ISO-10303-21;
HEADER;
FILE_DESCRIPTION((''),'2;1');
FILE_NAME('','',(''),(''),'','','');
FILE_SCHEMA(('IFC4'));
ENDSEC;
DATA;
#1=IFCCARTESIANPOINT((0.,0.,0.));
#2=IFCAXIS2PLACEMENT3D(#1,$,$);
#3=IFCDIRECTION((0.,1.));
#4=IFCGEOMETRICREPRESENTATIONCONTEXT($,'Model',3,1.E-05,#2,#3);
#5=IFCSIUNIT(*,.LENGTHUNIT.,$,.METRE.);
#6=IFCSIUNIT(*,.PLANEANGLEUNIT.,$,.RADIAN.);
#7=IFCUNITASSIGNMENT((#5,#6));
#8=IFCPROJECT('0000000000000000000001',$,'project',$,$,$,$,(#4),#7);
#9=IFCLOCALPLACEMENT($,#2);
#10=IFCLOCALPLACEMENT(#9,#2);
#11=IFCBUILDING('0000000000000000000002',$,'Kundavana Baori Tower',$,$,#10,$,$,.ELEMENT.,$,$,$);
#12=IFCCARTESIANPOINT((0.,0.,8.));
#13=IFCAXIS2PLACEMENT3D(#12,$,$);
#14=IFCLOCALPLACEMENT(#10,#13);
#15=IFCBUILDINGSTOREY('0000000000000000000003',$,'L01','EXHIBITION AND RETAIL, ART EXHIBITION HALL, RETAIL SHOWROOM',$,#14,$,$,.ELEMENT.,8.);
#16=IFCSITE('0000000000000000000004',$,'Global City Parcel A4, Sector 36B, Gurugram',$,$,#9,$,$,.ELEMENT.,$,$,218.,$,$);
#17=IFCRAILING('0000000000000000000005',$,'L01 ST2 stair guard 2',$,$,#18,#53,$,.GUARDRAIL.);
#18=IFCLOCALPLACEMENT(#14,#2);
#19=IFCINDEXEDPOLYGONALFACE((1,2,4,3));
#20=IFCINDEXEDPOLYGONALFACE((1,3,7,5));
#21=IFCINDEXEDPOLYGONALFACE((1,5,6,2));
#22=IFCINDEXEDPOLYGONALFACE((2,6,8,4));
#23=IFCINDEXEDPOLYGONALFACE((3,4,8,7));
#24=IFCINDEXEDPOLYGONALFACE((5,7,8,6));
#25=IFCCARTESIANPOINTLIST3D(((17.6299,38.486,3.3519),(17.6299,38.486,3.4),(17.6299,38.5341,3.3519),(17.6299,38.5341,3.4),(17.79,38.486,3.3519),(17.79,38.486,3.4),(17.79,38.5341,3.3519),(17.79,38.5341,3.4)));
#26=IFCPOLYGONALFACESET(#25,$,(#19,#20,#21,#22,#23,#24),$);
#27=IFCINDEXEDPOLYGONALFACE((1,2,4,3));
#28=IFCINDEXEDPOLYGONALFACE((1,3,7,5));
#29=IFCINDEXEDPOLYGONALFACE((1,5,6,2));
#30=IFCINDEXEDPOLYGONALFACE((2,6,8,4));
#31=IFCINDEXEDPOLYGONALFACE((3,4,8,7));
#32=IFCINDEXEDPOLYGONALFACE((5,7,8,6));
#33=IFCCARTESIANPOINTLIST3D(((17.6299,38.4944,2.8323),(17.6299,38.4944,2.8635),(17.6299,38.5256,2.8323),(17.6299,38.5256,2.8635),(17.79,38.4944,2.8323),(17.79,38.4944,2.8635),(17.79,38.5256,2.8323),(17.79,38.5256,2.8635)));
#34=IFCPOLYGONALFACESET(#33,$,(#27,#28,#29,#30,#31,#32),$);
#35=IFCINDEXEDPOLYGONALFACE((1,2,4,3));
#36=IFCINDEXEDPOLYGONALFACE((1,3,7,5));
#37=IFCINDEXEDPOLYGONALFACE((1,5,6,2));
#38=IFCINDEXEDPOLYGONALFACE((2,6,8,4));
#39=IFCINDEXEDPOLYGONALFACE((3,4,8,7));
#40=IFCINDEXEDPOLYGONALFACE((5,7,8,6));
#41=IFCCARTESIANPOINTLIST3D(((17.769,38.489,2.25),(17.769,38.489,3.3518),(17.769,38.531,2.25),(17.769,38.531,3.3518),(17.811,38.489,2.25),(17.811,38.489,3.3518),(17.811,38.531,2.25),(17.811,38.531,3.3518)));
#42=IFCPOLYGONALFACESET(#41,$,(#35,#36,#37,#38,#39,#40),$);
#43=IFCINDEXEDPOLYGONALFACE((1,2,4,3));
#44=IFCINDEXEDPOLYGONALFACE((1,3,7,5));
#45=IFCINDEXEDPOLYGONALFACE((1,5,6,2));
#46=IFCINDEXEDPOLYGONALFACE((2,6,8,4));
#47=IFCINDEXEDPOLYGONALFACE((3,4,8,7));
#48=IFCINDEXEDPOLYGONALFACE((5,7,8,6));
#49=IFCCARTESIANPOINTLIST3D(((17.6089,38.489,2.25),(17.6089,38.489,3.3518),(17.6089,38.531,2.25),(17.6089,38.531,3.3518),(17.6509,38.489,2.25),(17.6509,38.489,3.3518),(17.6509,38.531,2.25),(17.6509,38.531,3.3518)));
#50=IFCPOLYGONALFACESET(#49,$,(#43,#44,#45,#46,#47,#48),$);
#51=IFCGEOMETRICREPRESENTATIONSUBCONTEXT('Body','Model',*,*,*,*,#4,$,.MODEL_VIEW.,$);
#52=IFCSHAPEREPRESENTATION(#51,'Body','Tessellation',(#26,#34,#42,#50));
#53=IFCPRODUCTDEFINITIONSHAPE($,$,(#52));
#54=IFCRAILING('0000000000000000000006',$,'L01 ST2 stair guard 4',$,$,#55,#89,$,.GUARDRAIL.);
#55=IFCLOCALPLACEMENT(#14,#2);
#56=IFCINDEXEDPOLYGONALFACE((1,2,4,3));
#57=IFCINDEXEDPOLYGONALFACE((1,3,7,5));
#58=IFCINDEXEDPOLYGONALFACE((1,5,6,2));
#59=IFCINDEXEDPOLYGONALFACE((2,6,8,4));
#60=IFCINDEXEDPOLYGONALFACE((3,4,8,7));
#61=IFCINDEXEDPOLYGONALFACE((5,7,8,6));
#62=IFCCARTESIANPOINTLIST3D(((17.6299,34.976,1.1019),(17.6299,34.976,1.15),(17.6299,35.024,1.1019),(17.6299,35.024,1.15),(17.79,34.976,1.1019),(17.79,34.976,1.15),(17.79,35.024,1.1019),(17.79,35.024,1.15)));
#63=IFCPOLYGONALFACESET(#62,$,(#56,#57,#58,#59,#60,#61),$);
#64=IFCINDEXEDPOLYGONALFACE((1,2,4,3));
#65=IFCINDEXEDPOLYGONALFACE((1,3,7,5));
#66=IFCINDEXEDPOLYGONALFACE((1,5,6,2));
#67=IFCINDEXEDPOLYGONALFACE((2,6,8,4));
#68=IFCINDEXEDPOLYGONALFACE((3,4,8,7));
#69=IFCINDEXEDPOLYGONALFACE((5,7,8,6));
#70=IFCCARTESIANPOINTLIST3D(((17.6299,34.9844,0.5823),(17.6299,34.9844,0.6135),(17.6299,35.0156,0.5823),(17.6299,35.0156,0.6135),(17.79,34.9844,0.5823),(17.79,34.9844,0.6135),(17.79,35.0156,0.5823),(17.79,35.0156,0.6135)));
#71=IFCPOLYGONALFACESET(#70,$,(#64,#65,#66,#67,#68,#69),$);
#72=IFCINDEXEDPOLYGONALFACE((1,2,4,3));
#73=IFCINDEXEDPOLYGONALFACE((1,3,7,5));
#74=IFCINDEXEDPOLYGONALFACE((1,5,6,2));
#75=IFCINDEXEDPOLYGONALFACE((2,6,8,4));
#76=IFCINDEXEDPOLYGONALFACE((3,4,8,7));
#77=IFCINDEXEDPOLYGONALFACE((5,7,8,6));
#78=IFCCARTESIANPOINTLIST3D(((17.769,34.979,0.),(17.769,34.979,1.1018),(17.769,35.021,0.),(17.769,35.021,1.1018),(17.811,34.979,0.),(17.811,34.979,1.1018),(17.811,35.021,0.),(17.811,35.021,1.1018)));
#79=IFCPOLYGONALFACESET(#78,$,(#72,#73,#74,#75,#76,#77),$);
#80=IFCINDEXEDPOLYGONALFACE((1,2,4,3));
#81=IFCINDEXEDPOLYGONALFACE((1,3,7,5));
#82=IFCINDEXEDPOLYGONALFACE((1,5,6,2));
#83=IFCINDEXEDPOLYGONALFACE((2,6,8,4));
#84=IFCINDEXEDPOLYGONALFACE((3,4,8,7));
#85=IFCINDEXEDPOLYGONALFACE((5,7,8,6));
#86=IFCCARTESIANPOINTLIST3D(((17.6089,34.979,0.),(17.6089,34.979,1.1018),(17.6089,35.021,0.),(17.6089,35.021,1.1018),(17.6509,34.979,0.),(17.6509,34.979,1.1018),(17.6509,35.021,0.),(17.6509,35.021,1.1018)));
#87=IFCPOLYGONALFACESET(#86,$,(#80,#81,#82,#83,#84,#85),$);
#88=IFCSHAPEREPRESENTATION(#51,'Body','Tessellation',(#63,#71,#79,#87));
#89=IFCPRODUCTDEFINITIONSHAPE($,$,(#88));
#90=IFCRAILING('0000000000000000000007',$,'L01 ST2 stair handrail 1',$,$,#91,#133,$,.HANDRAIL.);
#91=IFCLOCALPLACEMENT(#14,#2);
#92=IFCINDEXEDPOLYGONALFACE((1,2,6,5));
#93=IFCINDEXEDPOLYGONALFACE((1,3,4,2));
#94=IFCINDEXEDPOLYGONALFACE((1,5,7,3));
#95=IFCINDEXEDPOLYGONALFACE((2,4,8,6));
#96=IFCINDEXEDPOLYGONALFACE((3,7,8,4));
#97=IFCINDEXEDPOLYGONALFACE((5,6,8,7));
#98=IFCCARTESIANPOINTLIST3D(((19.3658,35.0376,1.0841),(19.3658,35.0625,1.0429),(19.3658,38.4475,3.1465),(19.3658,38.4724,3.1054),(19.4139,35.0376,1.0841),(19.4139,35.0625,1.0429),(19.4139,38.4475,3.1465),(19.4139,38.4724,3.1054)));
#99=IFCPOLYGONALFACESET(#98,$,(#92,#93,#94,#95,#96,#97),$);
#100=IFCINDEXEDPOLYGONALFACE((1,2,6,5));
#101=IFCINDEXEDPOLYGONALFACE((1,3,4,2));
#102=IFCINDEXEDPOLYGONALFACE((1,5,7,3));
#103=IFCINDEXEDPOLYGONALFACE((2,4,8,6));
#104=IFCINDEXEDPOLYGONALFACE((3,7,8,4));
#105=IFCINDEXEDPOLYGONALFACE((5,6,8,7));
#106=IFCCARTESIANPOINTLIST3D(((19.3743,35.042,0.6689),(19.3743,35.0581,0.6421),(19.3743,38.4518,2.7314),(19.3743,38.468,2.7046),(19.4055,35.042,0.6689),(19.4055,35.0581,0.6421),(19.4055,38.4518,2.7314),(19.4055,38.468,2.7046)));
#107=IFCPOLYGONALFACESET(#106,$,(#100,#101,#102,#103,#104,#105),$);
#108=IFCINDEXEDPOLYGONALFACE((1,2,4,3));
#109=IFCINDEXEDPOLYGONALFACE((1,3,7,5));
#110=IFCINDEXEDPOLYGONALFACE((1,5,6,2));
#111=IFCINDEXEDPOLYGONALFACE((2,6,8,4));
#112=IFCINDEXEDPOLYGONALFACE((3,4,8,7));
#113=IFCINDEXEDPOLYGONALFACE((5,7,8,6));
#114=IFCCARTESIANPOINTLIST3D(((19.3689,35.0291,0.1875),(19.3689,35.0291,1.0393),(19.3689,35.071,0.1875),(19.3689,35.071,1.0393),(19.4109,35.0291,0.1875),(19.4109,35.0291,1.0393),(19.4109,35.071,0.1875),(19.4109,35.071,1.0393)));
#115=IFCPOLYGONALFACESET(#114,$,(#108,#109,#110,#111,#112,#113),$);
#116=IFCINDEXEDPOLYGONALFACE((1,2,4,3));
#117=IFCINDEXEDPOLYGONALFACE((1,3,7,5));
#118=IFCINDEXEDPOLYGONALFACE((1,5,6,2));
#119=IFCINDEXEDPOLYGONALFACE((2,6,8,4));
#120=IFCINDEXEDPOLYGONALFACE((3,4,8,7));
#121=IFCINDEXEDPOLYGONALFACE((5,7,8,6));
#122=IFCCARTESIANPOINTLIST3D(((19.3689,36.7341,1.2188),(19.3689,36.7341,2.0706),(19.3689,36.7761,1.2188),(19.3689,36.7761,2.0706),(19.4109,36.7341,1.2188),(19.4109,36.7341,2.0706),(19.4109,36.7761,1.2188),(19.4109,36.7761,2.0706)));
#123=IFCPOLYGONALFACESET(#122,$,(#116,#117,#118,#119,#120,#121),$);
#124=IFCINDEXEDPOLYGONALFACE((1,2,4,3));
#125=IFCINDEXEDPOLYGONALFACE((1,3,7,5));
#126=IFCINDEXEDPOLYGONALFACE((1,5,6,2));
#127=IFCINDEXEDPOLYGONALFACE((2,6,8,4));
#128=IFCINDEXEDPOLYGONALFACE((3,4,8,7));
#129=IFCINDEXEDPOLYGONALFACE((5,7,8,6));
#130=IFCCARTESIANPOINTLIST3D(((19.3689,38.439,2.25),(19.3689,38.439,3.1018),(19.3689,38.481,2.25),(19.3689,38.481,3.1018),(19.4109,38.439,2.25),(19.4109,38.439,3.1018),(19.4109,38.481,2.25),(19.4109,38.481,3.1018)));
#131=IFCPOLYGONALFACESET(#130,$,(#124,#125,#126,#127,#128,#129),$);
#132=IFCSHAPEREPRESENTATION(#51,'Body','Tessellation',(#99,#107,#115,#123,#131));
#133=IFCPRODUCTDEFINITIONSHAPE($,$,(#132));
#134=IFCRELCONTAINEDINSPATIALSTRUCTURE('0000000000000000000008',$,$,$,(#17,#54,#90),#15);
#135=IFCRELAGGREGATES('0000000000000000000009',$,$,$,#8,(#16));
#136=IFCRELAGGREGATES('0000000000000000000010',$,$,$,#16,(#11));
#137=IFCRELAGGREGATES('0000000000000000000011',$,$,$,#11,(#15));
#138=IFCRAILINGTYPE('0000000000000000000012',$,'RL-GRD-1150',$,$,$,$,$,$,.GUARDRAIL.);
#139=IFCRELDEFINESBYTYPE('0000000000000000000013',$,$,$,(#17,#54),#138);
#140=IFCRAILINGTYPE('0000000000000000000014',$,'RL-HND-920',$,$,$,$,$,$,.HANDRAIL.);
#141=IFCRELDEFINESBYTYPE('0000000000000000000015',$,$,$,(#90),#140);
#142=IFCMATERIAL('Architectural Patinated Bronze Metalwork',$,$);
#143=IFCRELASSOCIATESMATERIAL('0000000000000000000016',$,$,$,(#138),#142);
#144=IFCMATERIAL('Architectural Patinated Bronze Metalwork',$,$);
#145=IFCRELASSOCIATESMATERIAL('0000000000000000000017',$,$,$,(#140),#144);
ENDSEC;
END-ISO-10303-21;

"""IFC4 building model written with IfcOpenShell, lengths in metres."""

from ifc_helpers import new_model, si_unit, direction, frame, origin, origin_2d, place, context, subcontext, project, spatial, rectangle, extrude, material, type_object, element, save


model = new_model("IFC4")

# Units and contexts
model_context = context("Model", 3, precision=1e-05, world=origin(), true_north=direction((0.0, 1.0)))
body_context = subcontext(model_context, "Body", "Model", "MODEL_VIEW")
ifc_project = project(units=[si_unit("LENGTHUNIT", "METRE"), si_unit("PLANEANGLEUNIT", "RADIAN")], contexts=[model_context])

# Site, building, storey
site_placement = place(None, origin())
site = spatial("IfcSite", under=ifc_project, at=site_placement, Name="Global City Parcel A4, Sector 36B, Gurugram", CompositionType="ELEMENT", RefElevation=218.0)
building_placement = place(site_placement, origin())
building = spatial("IfcBuilding", under=site, at=building_placement, Name="Kundavana Baori Tower", CompositionType="ELEMENT")
storey_placement = place(building_placement, frame((0.0, 0.0, 8.0)))
storey = spatial("IfcBuildingStorey", under=building, at=storey_placement, Name="L01", Description="EXHIBITION AND RETAIL, ART EXHIBITION HALL, RETAIL SHOWROOM", CompositionType="ELEMENT", Elevation=8.0)

# Railings
ifc_material_1 = material(Name="Architectural Patinated Bronze Metalwork")
railing_type_1 = type_object("IfcRailingType", Name="RL-GRD-1150", PredefinedType="GUARDRAIL", material=ifc_material_1)
for number, where, name in (
    (1, (17.79, 38.51, 2.25), "L01 ST2 stair guard 2"),
    (2, (17.79, 35.0, 0.0), "L01 ST2 stair guard 4"),
):
    element("IfcRailing", number, at=place(storey_placement, frame(where)), inside=storey, type_object=railing_type_1, Name=name, PredefinedType="GUARDRAIL", context=body_context, shape_type="SweptSolid", body=[
        extrude(rectangle(XDim=0.0481, YDim=0.0481, at=origin_2d()), frame((0.0, 0.0, 1.126), z_axis=(-1.0, 0.0, 0.0), x_axis=(0.0, -1.0, 0.0)), (0.0, 0.0, 1.0), 0.1602),
        extrude(rectangle(XDim=0.0312, YDim=0.0312, at=origin_2d()), frame((0.0, 0.0, 0.5979), z_axis=(-1.0, 0.0, 0.0), x_axis=(0.0, -1.0, 0.0)), (0.0, 0.0, 1.0), 0.1602),
        extrude(rectangle(XDim=0.042, YDim=0.042, at=origin_2d()), origin(), (0.0, 0.0, 1.0), 1.1018),
        extrude(rectangle(XDim=0.042, YDim=0.042, at=origin_2d()), frame((-0.1602, 0.0, 0.0)), (0.0, 0.0, 1.0), 1.1018),
    ])
ifc_material_2 = material(Name="Architectural Patinated Bronze Metalwork")
railing_type_2 = type_object("IfcRailingType", Name="RL-HND-920", PredefinedType="HANDRAIL", material=ifc_material_2)
railing_1_placement = place(storey_placement, frame((19.3899, 35.05, 0.1875)))
element("IfcRailing", 3, at=railing_1_placement, inside=storey, type_object=railing_type_2, Name="L01 ST2 stair handrail 1", PredefinedType="HANDRAIL", context=body_context, shape_type="SweptSolid", body=[
    extrude(rectangle(XDim=0.0481, YDim=0.0481, at=origin_2d()), frame((0.0, 0.0, 0.876), z_axis=(0.0, 0.855655, 0.517547), x_axis=(-1.0, 0.0, 0.0)), (0.0, 0.0, 1.0), 3.9851),
    extrude(rectangle(XDim=0.0312, YDim=0.0312, at=origin_2d()), frame((0.0, 0.0, 0.468), z_axis=(0.0, 0.855655, 0.517547), x_axis=(-1.0, 0.0, 0.0)), (0.0, 0.0, 1.0), 3.9851),
    extrude(rectangle(XDim=0.042, YDim=0.042, at=origin_2d()), origin(), (0.0, 0.0, 1.0), 0.8518),
    extrude(rectangle(XDim=0.042, YDim=0.042, at=origin_2d()), frame((0.0, 1.7051, 1.0312)), (0.0, 0.0, 1.0), 0.8518),
    extrude(rectangle(XDim=0.042, YDim=0.042, at=origin_2d()), frame((0.0, 3.4099, 2.0625)), (0.0, 0.0, 1.0), 0.8518),
])

save(model, "model.ifc")
